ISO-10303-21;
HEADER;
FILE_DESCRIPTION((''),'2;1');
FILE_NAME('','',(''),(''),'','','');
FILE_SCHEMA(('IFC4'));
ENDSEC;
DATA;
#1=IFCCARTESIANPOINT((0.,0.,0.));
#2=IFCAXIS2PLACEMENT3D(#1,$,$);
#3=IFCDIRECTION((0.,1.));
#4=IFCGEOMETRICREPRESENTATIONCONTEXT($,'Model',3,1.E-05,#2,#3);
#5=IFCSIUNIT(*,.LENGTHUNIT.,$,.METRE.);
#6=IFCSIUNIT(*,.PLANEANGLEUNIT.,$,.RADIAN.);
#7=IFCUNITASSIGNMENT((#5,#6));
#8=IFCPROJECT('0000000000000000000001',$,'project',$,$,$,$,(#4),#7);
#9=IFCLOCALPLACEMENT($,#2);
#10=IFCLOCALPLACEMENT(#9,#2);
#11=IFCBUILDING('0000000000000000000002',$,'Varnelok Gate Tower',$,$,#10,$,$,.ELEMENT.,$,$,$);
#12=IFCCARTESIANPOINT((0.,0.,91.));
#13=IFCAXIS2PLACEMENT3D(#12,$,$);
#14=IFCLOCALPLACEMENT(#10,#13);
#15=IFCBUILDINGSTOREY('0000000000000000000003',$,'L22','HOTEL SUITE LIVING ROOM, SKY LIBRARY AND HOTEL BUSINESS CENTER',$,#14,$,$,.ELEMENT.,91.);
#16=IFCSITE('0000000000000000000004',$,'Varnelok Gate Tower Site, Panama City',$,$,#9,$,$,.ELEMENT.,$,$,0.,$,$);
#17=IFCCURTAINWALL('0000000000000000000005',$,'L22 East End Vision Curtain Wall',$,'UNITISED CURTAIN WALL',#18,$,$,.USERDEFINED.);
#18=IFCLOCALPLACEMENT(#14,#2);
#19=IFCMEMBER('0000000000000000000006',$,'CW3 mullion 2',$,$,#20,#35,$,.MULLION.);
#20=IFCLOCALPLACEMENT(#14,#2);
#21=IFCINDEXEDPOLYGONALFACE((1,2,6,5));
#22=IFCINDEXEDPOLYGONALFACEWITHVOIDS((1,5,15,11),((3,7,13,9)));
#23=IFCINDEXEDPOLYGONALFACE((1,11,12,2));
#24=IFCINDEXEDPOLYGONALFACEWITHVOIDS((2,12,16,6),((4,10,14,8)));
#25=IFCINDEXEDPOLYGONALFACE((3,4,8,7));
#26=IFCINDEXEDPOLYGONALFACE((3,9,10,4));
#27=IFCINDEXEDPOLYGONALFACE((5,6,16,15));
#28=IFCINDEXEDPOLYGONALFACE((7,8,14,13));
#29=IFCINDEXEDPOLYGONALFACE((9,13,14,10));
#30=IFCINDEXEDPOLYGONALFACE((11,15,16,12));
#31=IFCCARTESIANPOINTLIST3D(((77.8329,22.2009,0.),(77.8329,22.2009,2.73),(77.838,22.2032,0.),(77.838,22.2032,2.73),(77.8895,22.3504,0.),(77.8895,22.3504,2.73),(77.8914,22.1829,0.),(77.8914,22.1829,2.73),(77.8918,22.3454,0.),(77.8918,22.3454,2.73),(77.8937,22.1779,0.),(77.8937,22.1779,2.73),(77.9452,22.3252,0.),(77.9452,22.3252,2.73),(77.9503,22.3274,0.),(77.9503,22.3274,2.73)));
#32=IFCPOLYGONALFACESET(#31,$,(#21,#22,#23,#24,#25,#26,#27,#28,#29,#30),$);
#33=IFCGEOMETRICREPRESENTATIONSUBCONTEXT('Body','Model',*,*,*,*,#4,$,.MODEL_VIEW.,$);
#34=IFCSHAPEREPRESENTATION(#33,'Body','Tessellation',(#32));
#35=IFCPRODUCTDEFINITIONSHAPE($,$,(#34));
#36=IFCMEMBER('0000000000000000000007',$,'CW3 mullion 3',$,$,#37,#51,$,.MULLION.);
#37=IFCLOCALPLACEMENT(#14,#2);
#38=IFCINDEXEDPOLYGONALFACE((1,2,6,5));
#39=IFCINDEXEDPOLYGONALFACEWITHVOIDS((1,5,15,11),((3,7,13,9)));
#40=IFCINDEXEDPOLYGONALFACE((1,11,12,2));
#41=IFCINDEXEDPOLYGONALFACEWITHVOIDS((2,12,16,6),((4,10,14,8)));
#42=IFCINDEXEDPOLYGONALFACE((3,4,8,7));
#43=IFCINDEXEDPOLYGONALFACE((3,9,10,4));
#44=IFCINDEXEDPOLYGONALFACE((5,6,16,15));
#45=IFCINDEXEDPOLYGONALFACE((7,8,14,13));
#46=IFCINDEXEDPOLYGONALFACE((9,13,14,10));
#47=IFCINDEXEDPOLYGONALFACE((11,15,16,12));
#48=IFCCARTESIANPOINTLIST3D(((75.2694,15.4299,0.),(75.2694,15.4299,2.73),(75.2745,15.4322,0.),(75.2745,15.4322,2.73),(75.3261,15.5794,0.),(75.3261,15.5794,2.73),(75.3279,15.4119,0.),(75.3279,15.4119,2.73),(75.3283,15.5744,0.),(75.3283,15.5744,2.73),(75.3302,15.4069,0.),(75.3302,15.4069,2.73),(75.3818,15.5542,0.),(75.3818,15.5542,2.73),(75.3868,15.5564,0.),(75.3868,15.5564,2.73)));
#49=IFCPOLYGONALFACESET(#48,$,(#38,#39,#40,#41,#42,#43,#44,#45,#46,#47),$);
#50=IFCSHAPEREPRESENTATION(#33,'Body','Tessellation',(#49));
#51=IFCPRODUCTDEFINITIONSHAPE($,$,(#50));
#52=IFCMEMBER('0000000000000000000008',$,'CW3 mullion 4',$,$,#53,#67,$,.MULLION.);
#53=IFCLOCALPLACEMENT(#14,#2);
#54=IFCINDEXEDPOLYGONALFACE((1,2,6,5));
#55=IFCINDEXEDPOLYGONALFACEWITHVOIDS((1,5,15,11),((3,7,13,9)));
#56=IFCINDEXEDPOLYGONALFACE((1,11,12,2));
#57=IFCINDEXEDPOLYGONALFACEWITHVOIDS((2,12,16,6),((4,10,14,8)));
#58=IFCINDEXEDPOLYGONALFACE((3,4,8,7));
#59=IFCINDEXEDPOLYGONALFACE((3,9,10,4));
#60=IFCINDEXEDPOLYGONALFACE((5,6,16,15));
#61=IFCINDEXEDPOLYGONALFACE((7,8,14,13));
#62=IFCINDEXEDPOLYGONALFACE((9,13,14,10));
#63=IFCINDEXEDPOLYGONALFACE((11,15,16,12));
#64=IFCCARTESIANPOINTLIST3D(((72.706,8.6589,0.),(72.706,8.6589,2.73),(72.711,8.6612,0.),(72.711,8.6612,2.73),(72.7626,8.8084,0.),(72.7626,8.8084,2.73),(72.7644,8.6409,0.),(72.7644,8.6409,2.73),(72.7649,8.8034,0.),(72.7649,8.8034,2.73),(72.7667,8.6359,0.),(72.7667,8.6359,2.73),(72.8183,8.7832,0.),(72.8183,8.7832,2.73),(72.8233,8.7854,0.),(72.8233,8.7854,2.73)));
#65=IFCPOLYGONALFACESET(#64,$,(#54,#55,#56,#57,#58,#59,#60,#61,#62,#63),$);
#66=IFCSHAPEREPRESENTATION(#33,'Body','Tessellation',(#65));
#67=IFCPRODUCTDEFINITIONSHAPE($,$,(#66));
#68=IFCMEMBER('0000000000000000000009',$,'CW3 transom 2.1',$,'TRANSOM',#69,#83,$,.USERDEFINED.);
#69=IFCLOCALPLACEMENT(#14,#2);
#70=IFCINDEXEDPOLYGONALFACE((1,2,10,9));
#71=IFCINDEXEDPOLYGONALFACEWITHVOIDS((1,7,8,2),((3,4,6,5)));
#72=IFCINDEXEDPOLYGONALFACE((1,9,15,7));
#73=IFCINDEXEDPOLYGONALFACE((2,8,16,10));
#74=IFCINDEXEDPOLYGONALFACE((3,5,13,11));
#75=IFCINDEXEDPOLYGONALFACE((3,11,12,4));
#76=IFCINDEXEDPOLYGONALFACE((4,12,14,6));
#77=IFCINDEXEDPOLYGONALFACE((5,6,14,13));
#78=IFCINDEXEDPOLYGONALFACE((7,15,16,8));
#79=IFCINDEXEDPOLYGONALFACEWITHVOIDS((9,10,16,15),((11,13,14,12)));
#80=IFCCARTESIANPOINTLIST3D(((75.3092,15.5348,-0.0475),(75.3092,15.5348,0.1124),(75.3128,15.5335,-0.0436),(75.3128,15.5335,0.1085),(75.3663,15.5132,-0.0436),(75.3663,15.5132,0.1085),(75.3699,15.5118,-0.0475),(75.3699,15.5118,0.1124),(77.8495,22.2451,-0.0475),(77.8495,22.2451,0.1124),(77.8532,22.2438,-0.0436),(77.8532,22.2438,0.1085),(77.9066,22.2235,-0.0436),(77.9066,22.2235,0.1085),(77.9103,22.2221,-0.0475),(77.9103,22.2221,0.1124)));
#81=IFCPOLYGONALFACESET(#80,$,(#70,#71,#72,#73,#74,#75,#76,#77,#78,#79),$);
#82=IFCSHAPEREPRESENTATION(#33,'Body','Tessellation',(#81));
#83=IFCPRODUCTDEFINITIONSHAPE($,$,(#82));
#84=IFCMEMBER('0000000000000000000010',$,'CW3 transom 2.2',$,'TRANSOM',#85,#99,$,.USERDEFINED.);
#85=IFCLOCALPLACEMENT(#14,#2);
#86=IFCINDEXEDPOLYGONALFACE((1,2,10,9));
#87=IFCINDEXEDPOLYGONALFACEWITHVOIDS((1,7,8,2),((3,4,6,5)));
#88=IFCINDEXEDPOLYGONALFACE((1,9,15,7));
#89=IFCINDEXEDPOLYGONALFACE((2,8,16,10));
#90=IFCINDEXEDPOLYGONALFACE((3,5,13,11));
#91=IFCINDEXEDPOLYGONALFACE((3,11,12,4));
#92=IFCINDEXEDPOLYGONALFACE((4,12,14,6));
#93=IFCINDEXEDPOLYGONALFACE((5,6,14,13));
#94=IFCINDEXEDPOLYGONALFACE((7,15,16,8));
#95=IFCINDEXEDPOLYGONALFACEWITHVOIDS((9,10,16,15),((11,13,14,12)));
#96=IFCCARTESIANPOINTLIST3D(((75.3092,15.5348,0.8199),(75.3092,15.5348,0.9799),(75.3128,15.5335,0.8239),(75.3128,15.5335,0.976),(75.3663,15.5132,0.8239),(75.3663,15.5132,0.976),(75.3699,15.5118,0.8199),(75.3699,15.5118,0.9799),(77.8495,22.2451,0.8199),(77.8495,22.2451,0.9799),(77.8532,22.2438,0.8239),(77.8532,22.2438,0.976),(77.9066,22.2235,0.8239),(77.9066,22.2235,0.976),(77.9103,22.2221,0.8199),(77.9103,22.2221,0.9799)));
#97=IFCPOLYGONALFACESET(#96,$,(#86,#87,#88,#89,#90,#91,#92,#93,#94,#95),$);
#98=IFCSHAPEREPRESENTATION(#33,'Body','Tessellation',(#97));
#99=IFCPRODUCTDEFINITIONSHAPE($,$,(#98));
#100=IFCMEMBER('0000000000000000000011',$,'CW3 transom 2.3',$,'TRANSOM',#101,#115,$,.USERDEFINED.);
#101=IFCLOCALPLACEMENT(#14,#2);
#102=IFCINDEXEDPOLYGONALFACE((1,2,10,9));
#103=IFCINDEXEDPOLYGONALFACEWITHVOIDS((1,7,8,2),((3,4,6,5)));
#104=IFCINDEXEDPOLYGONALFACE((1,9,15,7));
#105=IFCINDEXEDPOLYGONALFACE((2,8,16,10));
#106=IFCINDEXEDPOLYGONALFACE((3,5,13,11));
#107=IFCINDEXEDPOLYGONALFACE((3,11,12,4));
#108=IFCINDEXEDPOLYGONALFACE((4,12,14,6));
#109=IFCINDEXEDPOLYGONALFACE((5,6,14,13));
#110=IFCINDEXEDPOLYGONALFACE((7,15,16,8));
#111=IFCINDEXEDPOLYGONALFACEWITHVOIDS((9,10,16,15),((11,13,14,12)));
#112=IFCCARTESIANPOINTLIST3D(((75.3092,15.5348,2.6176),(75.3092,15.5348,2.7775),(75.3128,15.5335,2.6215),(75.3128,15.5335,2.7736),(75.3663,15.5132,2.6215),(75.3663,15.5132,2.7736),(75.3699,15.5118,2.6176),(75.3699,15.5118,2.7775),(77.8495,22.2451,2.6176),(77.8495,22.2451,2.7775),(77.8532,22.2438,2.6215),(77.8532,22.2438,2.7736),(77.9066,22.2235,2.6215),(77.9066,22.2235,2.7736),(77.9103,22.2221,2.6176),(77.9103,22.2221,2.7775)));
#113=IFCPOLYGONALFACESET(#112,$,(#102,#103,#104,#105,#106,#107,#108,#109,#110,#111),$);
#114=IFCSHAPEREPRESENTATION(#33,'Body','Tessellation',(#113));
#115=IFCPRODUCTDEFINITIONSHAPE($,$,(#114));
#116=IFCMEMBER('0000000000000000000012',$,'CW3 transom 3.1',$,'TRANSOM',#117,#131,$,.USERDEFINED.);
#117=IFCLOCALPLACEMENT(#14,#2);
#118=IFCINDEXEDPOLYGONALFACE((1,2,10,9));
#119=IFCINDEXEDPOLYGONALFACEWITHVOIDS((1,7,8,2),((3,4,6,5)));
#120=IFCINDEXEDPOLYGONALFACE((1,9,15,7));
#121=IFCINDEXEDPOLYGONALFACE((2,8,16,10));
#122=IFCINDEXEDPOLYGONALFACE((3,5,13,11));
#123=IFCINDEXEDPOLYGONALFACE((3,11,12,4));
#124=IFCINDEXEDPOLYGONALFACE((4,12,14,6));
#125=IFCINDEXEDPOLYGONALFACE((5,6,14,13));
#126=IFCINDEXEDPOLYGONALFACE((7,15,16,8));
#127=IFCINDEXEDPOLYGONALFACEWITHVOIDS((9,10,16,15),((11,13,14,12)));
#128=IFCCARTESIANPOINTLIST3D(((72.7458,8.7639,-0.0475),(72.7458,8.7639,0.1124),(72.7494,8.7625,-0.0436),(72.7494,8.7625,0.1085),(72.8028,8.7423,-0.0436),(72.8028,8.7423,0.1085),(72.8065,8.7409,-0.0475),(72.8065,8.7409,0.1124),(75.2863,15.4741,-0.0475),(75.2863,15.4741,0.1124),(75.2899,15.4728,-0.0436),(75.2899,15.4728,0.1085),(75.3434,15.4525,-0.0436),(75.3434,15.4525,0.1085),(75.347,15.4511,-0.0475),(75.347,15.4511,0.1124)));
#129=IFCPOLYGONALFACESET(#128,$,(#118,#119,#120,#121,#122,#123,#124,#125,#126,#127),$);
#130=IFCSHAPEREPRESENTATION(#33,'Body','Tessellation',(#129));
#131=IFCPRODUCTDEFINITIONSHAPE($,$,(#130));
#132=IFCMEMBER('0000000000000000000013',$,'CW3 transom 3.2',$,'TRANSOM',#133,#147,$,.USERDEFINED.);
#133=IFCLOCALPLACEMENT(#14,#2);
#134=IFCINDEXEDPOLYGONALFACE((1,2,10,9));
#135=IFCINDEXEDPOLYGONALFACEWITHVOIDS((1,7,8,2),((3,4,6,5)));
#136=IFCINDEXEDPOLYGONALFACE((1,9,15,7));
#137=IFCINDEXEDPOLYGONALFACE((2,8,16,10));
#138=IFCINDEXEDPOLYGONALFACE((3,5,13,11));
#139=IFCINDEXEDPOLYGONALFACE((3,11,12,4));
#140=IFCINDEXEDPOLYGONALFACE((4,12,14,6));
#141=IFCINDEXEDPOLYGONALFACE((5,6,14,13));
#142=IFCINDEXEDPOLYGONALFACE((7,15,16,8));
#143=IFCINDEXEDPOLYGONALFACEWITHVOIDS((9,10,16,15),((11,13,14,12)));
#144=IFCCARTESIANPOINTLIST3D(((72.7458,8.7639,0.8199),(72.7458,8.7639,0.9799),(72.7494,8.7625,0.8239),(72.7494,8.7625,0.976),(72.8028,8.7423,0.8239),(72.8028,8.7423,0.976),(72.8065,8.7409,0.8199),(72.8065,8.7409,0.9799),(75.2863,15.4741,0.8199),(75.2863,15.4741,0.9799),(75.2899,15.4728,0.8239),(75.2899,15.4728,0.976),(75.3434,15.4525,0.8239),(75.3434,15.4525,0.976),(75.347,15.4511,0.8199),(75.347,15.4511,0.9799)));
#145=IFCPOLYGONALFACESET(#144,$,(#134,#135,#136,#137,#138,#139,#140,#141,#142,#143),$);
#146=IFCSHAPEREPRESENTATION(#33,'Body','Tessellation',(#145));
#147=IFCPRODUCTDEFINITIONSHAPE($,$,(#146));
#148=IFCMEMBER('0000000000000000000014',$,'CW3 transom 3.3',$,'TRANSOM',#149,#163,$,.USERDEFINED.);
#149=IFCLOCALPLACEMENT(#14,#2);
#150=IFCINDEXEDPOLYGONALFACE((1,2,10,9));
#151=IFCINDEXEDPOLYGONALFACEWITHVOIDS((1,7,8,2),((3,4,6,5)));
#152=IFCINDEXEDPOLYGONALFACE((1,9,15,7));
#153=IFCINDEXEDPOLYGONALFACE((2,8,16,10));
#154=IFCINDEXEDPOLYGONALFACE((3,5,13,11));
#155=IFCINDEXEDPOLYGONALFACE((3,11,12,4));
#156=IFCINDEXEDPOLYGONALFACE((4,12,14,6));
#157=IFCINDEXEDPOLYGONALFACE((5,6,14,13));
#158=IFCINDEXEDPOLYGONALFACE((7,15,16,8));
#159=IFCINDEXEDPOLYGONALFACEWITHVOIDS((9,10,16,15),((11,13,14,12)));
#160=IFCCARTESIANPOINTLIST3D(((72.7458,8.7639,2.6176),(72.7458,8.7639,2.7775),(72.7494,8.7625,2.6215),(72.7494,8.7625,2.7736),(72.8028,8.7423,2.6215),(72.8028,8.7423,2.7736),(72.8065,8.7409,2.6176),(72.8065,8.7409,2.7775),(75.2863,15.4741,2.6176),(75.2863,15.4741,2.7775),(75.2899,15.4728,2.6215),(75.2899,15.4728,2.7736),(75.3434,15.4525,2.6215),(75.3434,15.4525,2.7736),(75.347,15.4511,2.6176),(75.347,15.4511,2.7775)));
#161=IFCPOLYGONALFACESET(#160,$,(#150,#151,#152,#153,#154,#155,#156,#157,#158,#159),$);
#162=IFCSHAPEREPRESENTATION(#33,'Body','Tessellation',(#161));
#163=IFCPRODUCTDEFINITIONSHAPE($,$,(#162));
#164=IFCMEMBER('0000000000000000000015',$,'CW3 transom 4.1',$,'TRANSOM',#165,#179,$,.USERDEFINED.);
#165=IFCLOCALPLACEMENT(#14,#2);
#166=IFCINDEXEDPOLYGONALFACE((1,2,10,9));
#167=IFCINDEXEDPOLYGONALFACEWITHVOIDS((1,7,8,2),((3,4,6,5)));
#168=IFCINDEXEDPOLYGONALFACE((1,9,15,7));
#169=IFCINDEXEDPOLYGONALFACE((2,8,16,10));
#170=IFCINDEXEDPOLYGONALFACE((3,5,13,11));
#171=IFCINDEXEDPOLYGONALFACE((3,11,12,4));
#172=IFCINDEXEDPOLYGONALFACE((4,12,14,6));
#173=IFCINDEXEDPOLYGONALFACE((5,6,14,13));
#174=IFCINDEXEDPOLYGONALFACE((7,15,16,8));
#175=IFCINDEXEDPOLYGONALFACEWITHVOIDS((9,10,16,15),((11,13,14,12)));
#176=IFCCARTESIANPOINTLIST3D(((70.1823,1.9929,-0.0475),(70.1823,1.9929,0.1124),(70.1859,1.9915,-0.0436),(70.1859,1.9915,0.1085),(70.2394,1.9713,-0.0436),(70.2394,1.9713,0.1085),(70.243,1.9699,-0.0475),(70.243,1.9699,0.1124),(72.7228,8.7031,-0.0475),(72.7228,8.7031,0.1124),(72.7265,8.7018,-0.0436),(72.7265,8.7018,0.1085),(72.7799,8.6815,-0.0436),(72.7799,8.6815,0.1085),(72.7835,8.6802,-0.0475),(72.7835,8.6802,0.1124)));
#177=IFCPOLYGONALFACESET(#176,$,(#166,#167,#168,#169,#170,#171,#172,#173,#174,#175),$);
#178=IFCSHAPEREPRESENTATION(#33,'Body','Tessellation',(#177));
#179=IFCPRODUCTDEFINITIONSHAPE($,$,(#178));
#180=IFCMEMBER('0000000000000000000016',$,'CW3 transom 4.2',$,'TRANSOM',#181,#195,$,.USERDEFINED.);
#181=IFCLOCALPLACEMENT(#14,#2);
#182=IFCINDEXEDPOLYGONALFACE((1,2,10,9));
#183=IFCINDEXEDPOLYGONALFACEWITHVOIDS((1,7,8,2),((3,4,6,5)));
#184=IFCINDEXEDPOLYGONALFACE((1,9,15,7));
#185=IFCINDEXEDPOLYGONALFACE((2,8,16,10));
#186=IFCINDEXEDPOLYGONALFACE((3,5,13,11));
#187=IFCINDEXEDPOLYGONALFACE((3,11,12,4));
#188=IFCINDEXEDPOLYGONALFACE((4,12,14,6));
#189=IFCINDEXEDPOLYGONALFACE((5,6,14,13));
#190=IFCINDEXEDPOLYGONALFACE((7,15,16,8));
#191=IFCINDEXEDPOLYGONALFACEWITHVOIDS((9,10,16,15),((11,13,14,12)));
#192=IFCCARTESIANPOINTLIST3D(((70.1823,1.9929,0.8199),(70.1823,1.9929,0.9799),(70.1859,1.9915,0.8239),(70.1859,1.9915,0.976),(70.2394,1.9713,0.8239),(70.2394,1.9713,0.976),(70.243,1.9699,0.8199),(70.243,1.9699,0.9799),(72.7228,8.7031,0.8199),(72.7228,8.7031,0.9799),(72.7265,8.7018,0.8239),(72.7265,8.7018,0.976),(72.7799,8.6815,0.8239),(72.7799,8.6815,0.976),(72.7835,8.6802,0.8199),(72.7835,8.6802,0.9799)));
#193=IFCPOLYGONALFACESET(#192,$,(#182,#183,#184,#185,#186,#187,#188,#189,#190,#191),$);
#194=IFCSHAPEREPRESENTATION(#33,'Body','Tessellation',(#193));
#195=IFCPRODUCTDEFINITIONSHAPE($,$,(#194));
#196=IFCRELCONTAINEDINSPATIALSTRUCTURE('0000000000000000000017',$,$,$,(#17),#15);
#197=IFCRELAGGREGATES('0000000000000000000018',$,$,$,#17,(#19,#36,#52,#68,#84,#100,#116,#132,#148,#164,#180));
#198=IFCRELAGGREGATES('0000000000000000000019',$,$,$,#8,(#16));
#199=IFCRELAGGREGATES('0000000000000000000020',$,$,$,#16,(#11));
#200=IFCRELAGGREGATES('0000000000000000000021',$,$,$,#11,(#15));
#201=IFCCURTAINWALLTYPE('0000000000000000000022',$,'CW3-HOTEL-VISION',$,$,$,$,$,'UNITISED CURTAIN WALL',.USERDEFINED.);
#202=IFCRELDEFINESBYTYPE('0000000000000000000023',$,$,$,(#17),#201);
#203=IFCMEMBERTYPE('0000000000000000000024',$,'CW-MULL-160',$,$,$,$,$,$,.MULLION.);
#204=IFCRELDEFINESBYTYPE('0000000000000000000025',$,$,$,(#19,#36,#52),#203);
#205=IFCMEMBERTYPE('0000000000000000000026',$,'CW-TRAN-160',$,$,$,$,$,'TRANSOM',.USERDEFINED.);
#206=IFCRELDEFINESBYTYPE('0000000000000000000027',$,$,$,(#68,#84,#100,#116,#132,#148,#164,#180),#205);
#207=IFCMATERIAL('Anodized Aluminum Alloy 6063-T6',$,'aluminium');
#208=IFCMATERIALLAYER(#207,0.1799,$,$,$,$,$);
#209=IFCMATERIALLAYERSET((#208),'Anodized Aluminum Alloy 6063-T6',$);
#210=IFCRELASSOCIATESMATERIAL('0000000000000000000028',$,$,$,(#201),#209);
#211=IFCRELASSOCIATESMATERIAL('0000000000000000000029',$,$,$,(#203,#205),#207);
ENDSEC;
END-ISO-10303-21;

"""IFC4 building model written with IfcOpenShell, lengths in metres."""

from ifc_helpers import new_model, si_unit, direction, frame, origin, origin_2d, place, context, subcontext, project, spatial, hollow_rectangle, extrude, material, layer, layer_set, material_profile, profile_set, type_object, element, aggregate, save


model = new_model("IFC4")

# Units and contexts
model_context = context("Model", 3, precision=1e-05, world=origin(), true_north=direction((0.0, 1.0)))
body_context = subcontext(model_context, "Body", "Model", "MODEL_VIEW")
ifc_project = project(units=[si_unit("LENGTHUNIT", "METRE"), si_unit("PLANEANGLEUNIT", "RADIAN")], contexts=[model_context])

# Site, building, storey
site_placement = place(None, origin())
site = spatial("IfcSite", under=ifc_project, at=site_placement, Name="Varnelok Gate Tower Site, Panama City", CompositionType="ELEMENT", RefElevation=0.0)
building_placement = place(site_placement, origin())
building = spatial("IfcBuilding", under=site, at=building_placement, Name="Varnelok Gate Tower", CompositionType="ELEMENT")
storey_placement = place(building_placement, frame((0.0, 0.0, 91.0)))
storey = spatial("IfcBuildingStorey", under=building, at=storey_placement, Name="L22", Description="HOTEL SUITE LIVING ROOM, SKY LIBRARY AND HOTEL BUSINESS CENTER", CompositionType="ELEMENT", Elevation=91.0)

# Curtain wall, members
ifc_material_1 = material(Name="Anodized Aluminum Alloy 6063-T6", Category="aluminium")
ifc_layer_1 = layer(ifc_material_1, 0.1799)
ifc_layer_set_1 = layer_set([ifc_layer_1], Name="Anodized Aluminum Alloy 6063-T6")
curtain_wall_type = type_object("IfcCurtainWallType", Name="CW3-HOTEL-VISION", ElementType="UNITISED CURTAIN WALL", PredefinedType="USERDEFINED", material=ifc_layer_set_1)
curtain_wall_placement = place(storey_placement, origin())
curtain_wall = element("IfcCurtainWall", 1, at=curtain_wall_placement, inside=storey, type_object=curtain_wall_type, Name="L22 East End Vision Curtain Wall", ObjectType="UNITISED CURTAIN WALL", PredefinedType="USERDEFINED")
ifc_material_profile_1 = material_profile(ifc_material_1, hollow_rectangle(XDim=0.0649, YDim=0.1599, WallThickness=0.0039, at=origin_2d()), Name="ALU160X65X4")
ifc_profile_set_1 = profile_set([ifc_material_profile_1], Name="Anodized Aluminum Alloy 6063-T6")
member_type_1 = type_object("IfcMemberType", Name="CW-MULL-160", PredefinedType="MULLION", material=ifc_profile_set_1)
member_1_placement = place(storey_placement, frame((77.8916, 22.2642, 0.0), z_axis=(0.0, 0.0, 1.0), x_axis=(0.935221, -0.354064, 0.0)))
member_1 = element("IfcMember", 2, at=member_1_placement, type_object=member_type_1, Name="CW3 mullion 2", PredefinedType="MULLION", context=body_context, shape_type="SweptSolid", body=[
    extrude(hollow_rectangle(XDim=0.0649, YDim=0.1599, WallThickness=0.0039, at=origin_2d()), origin(), (0.0, 0.0, 1.0), 2.73),
])
member_2_placement = place(storey_placement, frame((75.3281, 15.4932, 0.0), z_axis=(0.0, 0.0, 1.0), x_axis=(0.935221, -0.354064, 0.0)))
member_2 = element("IfcMember", 3, at=member_2_placement, type_object=member_type_1, Name="CW3 mullion 3", PredefinedType="MULLION", context=body_context, shape_type="SweptSolid", body=[
    extrude(hollow_rectangle(XDim=0.0649, YDim=0.1599, WallThickness=0.0039, at=origin_2d()), origin(), (0.0, 0.0, 1.0), 2.73),
])
member_3_placement = place(storey_placement, frame((72.7646, 8.7222, 0.0), z_axis=(0.0, 0.0, 1.0), x_axis=(0.935221, -0.354064, 0.0)))
member_3 = element("IfcMember", 4, at=member_3_placement, type_object=member_type_1, Name="CW3 mullion 4", PredefinedType="MULLION", context=body_context, shape_type="SweptSolid", body=[
    extrude(hollow_rectangle(XDim=0.0649, YDim=0.1599, WallThickness=0.0039, at=origin_2d()), origin(), (0.0, 0.0, 1.0), 2.73),
])
ifc_material_profile_2 = material_profile(ifc_material_1, hollow_rectangle(XDim=0.0649, YDim=0.1599, WallThickness=0.0039, at=origin_2d()), Name="ALU160X65X4")
ifc_profile_set_2 = profile_set([ifc_material_profile_2], Name="Anodized Aluminum Alloy 6063-T6")
member_type_2 = type_object("IfcMemberType", Name="CW-TRAN-160", ElementType="TRANSOM", PredefinedType="USERDEFINED", material=ifc_profile_set_2)
member_4_placement = place(storey_placement, frame((77.8799, 22.2336, 0.0325), z_axis=(-0.354049, -0.935227, 0.0), x_axis=(0.935227, -0.354049, 0.0)))
member_4 = element("IfcMember", 5, at=member_4_placement, type_object=member_type_2, Name="CW3 transom 2.1", ObjectType="TRANSOM", PredefinedType="USERDEFINED", context=body_context, shape_type="SweptSolid", body=[
    extrude(hollow_rectangle(XDim=0.0649, YDim=0.1599, WallThickness=0.0039, at=origin_2d()), origin(), (0.0, 0.0, 1.0), 7.175),
])
member_5_placement = place(storey_placement, frame((77.8799, 22.2336, 0.8999), z_axis=(-0.354049, -0.935227, 0.0), x_axis=(0.935227, -0.354049, 0.0)))
member_5 = element("IfcMember", 6, at=member_5_placement, type_object=member_type_2, Name="CW3 transom 2.2", ObjectType="TRANSOM", PredefinedType="USERDEFINED", context=body_context, shape_type="SweptSolid", body=[
    extrude(hollow_rectangle(XDim=0.0649, YDim=0.1599, WallThickness=0.0039, at=origin_2d()), origin(), (0.0, 0.0, 1.0), 7.175),
])
member_6_placement = place(storey_placement, frame((77.8799, 22.2336, 2.6975), z_axis=(-0.354049, -0.935227, 0.0), x_axis=(0.935227, -0.354049, 0.0)))
member_6 = element("IfcMember", 7, at=member_6_placement, type_object=member_type_2, Name="CW3 transom 2.3", ObjectType="TRANSOM", PredefinedType="USERDEFINED", context=body_context, shape_type="SweptSolid", body=[
    extrude(hollow_rectangle(XDim=0.0649, YDim=0.1599, WallThickness=0.0039, at=origin_2d()), origin(), (0.0, 0.0, 1.0), 7.175),
])
member_7_placement = place(storey_placement, frame((75.3167, 15.4626, 0.0325), z_axis=(-0.354079, -0.935216, 0.0), x_axis=(0.935216, -0.354079, 0.0)))
member_7 = element("IfcMember", 8, at=member_7_placement, type_object=member_type_2, Name="CW3 transom 3.1", ObjectType="TRANSOM", PredefinedType="USERDEFINED", context=body_context, shape_type="SweptSolid", body=[
    extrude(hollow_rectangle(XDim=0.0649, YDim=0.1599, WallThickness=0.0039, at=origin_2d()), origin(), (0.0, 0.0, 1.0), 7.175),
])
member_8_placement = place(storey_placement, frame((75.3167, 15.4626, 0.8999), z_axis=(-0.354079, -0.935216, 0.0), x_axis=(0.935216, -0.354079, 0.0)))
member_8 = element("IfcMember", 9, at=member_8_placement, type_object=member_type_2, Name="CW3 transom 3.2", ObjectType="TRANSOM", PredefinedType="USERDEFINED", context=body_context, shape_type="SweptSolid", body=[
    extrude(hollow_rectangle(XDim=0.0649, YDim=0.1599, WallThickness=0.0039, at=origin_2d()), origin(), (0.0, 0.0, 1.0), 7.175),
])
member_9_placement = place(storey_placement, frame((75.3167, 15.4626, 2.6975), z_axis=(-0.354079, -0.935216, 0.0), x_axis=(0.935216, -0.354079, 0.0)))
member_9 = element("IfcMember", 10, at=member_9_placement, type_object=member_type_2, Name="CW3 transom 3.3", ObjectType="TRANSOM", PredefinedType="USERDEFINED", context=body_context, shape_type="SweptSolid", body=[
    extrude(hollow_rectangle(XDim=0.0649, YDim=0.1599, WallThickness=0.0039, at=origin_2d()), origin(), (0.0, 0.0, 1.0), 7.175),
])
member_10_placement = place(storey_placement, frame((72.7532, 8.6917, 0.0325), z_axis=(-0.354079, -0.935216, 0.0), x_axis=(0.935216, -0.354079, 0.0)))
member_10 = element("IfcMember", 11, at=member_10_placement, type_object=member_type_2, Name="CW3 transom 4.1", ObjectType="TRANSOM", PredefinedType="USERDEFINED", context=body_context, shape_type="SweptSolid", body=[
    extrude(hollow_rectangle(XDim=0.0649, YDim=0.1599, WallThickness=0.0039, at=origin_2d()), origin(), (0.0, 0.0, 1.0), 7.175),
])
member_11_placement = place(storey_placement, frame((72.7532, 8.6917, 0.8999), z_axis=(-0.354079, -0.935216, 0.0), x_axis=(0.935216, -0.354079, 0.0)))
member_11 = element("IfcMember", 12, at=member_11_placement, type_object=member_type_2, Name="CW3 transom 4.2", ObjectType="TRANSOM", PredefinedType="USERDEFINED", context=body_context, shape_type="SweptSolid", body=[
    extrude(hollow_rectangle(XDim=0.0649, YDim=0.1599, WallThickness=0.0039, at=origin_2d()), origin(), (0.0, 0.0, 1.0), 7.175),
])
aggregate(curtain_wall, [member_1, member_2, member_3, member_4, member_5, member_6, member_7, member_8, member_9, member_10, member_11])

save(model, "model.ifc")
